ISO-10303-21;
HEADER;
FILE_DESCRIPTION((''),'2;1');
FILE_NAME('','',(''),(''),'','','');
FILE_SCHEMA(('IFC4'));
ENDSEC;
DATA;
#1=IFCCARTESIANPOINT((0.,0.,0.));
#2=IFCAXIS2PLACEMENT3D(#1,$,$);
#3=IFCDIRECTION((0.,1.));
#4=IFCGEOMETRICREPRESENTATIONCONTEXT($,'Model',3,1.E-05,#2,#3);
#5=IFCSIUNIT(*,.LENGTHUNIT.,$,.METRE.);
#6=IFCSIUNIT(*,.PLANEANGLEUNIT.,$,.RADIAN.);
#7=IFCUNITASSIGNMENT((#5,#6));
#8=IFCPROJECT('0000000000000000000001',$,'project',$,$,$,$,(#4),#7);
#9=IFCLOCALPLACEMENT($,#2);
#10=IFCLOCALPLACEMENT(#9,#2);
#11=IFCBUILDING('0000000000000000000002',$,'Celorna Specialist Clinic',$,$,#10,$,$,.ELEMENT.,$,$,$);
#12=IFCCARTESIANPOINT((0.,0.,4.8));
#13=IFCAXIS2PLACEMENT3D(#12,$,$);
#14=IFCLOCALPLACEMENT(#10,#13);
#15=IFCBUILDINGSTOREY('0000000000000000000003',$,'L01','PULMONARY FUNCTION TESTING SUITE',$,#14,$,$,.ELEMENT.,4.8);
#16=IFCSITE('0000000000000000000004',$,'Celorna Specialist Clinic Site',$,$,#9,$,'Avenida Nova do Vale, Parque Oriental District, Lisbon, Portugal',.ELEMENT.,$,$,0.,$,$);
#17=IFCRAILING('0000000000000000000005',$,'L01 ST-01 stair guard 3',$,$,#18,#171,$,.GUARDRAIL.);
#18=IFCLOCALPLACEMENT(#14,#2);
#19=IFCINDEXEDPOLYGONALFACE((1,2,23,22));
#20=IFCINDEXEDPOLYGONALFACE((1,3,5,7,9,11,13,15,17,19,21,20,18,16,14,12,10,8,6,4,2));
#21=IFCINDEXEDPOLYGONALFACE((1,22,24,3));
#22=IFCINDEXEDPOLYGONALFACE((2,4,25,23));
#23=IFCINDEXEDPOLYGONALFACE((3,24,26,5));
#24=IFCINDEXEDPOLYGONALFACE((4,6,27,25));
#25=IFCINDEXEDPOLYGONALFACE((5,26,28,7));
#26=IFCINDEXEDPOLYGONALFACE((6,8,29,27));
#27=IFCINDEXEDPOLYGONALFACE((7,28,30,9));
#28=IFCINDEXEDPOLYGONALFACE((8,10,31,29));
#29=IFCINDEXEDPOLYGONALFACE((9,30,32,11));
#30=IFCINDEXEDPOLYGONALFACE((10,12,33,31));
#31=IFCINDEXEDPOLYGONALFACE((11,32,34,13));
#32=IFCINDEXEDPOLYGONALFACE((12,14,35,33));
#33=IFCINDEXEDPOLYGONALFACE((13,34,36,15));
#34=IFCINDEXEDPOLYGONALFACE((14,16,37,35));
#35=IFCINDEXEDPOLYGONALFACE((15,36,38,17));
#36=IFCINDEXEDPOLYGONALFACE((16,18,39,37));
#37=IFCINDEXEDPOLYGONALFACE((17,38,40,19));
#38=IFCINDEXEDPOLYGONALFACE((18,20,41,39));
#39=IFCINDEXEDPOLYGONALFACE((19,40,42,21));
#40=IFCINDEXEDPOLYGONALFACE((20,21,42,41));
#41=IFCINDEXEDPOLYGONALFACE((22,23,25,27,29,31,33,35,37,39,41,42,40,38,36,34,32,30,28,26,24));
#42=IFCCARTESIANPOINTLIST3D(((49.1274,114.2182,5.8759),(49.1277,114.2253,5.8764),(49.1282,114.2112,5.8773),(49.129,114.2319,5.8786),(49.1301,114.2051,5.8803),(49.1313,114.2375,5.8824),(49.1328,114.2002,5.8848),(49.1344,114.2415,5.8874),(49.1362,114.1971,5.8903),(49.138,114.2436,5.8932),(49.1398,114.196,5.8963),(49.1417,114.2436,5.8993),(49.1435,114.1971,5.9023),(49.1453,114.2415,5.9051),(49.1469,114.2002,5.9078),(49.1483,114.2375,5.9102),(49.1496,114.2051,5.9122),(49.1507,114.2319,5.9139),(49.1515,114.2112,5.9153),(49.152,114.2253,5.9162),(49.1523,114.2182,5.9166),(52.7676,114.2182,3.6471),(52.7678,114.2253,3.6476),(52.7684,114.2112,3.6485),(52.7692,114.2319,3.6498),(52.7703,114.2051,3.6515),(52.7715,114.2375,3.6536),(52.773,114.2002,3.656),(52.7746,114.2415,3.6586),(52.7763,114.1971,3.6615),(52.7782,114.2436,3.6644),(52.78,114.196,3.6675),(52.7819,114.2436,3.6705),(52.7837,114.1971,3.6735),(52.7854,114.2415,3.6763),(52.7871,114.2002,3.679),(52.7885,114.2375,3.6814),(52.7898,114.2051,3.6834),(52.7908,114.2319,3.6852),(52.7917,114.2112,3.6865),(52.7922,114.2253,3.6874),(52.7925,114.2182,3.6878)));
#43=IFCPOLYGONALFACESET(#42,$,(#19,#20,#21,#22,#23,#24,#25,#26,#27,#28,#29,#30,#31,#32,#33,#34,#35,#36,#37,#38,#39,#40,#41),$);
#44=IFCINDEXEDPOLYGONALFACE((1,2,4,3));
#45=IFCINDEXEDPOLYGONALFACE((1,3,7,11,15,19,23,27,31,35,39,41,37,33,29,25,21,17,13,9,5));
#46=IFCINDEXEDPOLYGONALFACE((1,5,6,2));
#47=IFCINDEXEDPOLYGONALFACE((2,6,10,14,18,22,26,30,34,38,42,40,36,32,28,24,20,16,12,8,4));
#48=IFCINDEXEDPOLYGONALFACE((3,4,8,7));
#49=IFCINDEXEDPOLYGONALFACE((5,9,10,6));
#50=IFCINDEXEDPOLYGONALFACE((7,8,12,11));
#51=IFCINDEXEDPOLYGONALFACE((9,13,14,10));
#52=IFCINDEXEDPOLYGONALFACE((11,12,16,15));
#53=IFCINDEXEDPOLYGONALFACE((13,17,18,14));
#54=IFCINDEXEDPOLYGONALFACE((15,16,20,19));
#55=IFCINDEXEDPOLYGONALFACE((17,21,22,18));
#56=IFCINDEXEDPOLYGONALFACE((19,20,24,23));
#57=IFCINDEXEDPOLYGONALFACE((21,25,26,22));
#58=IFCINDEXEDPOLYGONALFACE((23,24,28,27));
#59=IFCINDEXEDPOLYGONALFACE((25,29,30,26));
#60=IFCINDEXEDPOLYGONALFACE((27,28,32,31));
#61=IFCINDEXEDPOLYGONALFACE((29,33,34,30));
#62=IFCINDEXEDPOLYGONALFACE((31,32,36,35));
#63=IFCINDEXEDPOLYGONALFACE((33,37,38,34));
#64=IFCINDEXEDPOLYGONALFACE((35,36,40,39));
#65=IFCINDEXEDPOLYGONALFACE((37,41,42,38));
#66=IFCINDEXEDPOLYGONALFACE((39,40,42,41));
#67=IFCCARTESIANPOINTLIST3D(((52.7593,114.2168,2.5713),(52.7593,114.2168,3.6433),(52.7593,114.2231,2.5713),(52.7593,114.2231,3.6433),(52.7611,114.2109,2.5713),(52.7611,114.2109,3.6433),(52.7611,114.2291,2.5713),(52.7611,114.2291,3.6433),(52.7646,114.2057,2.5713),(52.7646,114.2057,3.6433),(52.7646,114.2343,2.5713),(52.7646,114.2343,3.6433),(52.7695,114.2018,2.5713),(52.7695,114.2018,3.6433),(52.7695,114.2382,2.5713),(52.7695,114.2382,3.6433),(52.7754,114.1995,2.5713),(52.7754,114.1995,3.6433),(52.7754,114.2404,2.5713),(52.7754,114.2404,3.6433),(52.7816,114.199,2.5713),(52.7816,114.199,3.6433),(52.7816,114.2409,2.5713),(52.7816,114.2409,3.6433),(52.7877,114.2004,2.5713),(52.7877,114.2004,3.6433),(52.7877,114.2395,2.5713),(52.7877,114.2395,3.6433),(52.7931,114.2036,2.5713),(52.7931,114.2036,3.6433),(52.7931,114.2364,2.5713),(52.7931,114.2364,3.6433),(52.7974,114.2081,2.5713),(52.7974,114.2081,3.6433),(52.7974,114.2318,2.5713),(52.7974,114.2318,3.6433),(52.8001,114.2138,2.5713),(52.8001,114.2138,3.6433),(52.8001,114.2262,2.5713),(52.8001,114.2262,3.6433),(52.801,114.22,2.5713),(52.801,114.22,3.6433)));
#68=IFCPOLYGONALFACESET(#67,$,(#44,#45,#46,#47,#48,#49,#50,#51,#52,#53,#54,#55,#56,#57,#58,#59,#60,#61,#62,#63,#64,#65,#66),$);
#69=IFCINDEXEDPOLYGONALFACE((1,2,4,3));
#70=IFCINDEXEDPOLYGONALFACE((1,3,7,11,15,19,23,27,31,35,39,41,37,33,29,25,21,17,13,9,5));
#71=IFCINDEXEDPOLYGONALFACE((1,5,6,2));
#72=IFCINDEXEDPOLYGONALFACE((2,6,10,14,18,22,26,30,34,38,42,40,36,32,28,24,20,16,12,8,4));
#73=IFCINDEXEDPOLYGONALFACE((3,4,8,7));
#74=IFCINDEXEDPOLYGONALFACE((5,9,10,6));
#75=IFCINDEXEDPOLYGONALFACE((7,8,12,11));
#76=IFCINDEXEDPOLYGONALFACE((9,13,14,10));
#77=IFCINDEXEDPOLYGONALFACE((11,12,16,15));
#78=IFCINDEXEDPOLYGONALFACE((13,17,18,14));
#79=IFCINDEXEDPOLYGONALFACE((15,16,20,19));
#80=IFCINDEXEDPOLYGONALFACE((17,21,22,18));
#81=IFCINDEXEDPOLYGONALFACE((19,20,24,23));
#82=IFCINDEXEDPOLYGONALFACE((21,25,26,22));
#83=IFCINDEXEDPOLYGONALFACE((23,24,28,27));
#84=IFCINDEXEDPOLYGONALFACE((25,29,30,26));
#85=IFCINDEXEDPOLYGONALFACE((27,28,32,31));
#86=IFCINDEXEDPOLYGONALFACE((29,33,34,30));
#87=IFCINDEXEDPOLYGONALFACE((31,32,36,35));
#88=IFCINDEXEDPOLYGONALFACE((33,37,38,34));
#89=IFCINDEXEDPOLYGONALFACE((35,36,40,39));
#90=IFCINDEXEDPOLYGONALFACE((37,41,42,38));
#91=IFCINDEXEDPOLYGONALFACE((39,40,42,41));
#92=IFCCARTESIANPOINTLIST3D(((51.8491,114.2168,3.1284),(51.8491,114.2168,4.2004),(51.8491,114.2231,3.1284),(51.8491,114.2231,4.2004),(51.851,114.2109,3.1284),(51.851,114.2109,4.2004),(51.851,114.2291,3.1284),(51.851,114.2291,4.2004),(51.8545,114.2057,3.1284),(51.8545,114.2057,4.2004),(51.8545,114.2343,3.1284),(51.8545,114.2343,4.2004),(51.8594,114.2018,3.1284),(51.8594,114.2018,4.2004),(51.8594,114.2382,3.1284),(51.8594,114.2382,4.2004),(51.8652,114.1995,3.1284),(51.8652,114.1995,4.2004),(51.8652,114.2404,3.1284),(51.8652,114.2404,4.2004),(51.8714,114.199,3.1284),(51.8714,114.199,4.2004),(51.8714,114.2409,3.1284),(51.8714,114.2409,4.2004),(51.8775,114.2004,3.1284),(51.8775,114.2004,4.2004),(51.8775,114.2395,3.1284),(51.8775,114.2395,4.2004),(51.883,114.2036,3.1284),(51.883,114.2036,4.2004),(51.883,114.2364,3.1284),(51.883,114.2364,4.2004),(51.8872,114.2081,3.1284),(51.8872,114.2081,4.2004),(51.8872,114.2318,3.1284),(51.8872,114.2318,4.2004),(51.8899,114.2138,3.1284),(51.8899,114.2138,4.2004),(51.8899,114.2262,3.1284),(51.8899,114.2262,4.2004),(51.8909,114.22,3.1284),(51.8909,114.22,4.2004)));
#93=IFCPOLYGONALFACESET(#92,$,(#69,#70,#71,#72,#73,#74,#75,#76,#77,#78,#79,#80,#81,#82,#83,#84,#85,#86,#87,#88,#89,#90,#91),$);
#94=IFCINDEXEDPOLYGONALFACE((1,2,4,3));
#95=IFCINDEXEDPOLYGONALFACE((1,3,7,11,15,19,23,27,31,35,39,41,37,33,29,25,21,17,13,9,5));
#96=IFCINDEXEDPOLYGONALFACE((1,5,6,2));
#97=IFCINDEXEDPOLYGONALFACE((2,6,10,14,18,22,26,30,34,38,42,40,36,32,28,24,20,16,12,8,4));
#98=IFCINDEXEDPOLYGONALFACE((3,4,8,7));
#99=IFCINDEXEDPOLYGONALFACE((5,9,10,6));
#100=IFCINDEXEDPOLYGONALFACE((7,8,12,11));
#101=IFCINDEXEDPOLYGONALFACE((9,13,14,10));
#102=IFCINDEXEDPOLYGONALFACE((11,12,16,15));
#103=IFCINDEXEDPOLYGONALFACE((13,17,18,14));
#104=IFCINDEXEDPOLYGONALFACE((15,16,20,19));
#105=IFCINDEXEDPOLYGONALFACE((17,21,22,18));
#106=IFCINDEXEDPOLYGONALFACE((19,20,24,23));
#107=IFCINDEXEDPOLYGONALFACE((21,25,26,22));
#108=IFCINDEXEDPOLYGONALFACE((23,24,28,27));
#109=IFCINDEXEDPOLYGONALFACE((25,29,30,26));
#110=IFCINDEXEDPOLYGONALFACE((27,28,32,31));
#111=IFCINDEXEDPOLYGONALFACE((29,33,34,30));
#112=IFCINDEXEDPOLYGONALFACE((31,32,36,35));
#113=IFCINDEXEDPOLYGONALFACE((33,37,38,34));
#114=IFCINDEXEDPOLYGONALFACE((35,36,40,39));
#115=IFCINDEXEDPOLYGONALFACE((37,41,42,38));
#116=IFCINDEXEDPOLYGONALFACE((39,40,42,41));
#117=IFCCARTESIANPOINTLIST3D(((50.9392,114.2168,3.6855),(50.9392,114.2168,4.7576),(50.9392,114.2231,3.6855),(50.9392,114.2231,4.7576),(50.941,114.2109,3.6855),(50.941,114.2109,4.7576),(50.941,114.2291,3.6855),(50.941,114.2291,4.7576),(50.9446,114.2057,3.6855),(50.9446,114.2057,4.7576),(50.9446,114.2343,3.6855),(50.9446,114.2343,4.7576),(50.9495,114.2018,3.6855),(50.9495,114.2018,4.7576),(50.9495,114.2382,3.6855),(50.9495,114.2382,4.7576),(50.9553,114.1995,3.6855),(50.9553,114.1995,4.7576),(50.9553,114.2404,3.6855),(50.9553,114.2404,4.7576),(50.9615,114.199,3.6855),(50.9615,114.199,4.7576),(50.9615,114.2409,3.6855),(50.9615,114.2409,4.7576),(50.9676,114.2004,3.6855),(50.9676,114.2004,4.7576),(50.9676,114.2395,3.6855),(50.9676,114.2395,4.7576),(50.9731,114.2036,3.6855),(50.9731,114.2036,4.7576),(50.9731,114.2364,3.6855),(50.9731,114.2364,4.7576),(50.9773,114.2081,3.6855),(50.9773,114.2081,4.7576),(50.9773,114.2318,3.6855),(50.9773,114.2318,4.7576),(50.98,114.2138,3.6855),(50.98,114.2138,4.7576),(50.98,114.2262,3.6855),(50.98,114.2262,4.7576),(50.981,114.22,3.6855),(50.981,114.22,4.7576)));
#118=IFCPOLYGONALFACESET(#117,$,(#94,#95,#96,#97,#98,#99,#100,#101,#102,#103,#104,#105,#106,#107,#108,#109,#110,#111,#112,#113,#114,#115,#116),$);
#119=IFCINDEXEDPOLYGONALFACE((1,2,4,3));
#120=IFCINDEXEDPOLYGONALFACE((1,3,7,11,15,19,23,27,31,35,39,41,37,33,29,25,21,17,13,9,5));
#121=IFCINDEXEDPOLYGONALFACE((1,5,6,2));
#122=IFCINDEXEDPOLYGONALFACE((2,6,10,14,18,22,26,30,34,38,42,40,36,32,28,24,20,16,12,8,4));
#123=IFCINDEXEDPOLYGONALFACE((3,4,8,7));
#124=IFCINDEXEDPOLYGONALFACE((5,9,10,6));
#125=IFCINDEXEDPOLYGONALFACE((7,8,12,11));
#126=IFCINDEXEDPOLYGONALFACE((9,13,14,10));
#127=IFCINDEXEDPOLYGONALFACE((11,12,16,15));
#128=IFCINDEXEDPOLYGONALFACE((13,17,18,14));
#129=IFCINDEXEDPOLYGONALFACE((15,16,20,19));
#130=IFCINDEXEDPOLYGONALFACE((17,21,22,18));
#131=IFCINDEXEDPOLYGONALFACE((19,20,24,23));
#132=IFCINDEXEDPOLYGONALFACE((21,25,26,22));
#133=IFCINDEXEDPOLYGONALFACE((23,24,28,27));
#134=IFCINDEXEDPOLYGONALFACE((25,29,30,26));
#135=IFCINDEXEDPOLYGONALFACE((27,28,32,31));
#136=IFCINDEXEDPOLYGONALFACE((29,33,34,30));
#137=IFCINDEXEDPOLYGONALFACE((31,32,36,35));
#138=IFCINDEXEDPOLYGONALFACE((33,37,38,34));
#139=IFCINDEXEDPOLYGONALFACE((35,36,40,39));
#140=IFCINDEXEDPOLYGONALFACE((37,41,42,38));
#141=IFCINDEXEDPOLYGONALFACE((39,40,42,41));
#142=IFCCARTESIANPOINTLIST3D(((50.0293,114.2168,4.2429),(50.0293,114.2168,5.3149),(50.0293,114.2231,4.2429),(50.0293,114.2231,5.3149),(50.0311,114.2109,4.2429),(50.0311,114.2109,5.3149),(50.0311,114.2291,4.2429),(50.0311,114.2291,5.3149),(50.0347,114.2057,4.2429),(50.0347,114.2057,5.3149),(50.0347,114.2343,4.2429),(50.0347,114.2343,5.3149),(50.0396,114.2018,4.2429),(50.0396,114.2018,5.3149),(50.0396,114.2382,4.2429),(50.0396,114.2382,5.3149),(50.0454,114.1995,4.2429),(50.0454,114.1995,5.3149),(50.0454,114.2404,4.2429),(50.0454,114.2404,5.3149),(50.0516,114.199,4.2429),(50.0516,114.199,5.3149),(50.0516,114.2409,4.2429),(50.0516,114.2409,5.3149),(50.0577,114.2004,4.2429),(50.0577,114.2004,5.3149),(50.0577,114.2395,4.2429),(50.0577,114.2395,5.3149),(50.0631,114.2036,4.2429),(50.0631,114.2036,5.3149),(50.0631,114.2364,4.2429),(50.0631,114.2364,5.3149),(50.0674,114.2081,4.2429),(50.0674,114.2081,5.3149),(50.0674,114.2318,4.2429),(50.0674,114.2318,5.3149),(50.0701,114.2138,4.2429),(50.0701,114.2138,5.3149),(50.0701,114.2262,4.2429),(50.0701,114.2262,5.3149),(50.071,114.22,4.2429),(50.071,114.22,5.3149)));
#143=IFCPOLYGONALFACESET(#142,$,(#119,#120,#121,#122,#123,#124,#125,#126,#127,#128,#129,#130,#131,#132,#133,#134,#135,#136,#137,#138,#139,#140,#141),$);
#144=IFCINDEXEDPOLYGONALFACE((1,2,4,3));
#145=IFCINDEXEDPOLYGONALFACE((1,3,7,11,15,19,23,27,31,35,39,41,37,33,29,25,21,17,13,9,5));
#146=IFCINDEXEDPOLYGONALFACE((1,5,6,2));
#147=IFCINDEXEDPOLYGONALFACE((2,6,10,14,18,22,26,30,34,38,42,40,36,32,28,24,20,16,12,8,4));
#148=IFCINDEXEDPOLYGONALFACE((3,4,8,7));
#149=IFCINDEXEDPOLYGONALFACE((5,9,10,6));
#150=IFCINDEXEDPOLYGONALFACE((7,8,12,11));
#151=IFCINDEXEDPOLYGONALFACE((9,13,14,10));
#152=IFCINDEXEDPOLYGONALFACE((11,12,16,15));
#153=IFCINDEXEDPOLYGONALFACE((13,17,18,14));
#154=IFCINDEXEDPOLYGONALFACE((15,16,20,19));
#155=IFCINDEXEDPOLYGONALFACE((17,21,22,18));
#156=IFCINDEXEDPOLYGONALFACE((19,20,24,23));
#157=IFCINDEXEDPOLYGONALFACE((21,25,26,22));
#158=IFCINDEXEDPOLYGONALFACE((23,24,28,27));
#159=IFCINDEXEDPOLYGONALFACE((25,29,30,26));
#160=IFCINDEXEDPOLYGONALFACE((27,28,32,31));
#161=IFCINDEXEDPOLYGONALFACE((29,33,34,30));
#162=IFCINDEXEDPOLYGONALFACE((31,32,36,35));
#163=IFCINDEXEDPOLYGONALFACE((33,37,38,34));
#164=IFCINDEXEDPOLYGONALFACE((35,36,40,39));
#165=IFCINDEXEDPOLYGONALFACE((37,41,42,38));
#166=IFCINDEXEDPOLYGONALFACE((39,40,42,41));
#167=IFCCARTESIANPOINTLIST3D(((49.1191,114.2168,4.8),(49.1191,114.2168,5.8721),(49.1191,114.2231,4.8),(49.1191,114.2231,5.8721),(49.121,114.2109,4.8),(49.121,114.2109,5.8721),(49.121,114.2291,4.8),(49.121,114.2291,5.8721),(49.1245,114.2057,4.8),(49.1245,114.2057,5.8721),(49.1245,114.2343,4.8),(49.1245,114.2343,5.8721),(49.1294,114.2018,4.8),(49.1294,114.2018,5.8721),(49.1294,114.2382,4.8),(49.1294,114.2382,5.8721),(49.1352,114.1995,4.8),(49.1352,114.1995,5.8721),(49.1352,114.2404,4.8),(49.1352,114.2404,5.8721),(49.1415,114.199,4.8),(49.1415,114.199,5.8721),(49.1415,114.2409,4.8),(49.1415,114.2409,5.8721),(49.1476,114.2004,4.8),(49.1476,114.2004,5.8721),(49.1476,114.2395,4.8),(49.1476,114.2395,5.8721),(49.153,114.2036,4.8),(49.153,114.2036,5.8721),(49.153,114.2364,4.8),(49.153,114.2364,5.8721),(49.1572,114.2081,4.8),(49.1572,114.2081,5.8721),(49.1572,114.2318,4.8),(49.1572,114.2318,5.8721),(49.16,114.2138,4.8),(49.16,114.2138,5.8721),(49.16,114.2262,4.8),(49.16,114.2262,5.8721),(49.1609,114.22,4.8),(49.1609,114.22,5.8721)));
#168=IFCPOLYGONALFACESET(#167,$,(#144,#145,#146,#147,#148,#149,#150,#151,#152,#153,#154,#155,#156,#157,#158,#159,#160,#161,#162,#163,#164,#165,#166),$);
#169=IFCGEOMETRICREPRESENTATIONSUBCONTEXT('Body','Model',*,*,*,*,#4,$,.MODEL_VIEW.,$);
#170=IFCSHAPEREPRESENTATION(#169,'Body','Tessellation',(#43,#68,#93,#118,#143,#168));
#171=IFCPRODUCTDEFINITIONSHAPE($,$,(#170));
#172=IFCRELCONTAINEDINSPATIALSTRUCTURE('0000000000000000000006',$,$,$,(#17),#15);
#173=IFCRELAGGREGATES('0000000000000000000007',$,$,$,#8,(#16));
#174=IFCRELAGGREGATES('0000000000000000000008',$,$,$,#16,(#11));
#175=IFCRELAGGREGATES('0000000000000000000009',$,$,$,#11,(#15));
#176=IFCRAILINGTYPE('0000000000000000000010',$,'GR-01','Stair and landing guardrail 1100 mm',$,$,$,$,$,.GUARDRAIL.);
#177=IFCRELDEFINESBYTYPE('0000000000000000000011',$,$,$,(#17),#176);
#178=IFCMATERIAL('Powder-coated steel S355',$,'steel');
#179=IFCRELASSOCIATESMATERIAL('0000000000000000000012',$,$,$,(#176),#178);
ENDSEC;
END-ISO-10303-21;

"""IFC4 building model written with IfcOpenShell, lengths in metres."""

from ifc_helpers import new_model, si_unit, direction, frame, origin, origin_2d, place, context, subcontext, project, spatial, circle, extrude, material, type_object, element, save


model = new_model("IFC4")

# Units and contexts
model_context = context("Model", 3, precision=1e-05, world=origin(), true_north=direction((0.0, 1.0)))
body_context = subcontext(model_context, "Body", "Model", "MODEL_VIEW")
ifc_project = project(units=[si_unit("LENGTHUNIT", "METRE"), si_unit("PLANEANGLEUNIT", "RADIAN")], contexts=[model_context])

# Site, building, storey
site_placement = place(None, origin())
site = spatial("IfcSite", under=ifc_project, at=site_placement, Name="Celorna Specialist Clinic Site", LongName="Avenida Nova do Vale, Parque Oriental District, Lisbon, Portugal", CompositionType="ELEMENT", RefElevation=0.0)
building_placement = place(site_placement, origin())
building = spatial("IfcBuilding", under=site, at=building_placement, Name="Celorna Specialist Clinic", CompositionType="ELEMENT")
storey_placement = place(building_placement, frame((0.0, 0.0, 4.8)))
storey = spatial("IfcBuildingStorey", under=building, at=storey_placement, Name="L01", Description="PULMONARY FUNCTION TESTING SUITE", CompositionType="ELEMENT", Elevation=4.8)

# Railing
ifc_material_1 = material(Name="Powder-coated steel S355", Category="steel")
railing_type_1 = type_object("IfcRailingType", Name="GR-01", Description="Stair and landing guardrail 1100 mm", PredefinedType="GUARDRAIL", material=ifc_material_1)
railing_1_placement = place(storey_placement, frame((52.78, 114.22, 2.5713)))
element("IfcRailing", 1, at=railing_1_placement, inside=storey, type_object=railing_type_1, Name="L01 ST-01 stair guard 3", PredefinedType="GUARDRAIL", context=body_context, shape_type="SweptSolid", body=[
    extrude(circle(Radius=0.0239, at=origin_2d()), frame((0.0, 0.0, 1.0962), z_axis=(-0.85284, 0.0, 0.522172), x_axis=(0.0, -1.0, 0.0)), (0.0, 0.0, 1.0), 4.2683),
    extrude(circle(Radius=0.021, at=origin_2d()), origin(), (0.0, 0.0, 1.0), 1.072),
    extrude(circle(Radius=0.021, at=origin_2d()), frame((-0.9102, 0.0, 0.5571)), (0.0, 0.0, 1.0), 1.072),
    extrude(circle(Radius=0.021, at=origin_2d()), frame((-1.8201, 0.0, 1.1143)), (0.0, 0.0, 1.0), 1.072),
    extrude(circle(Radius=0.021, at=origin_2d()), frame((-2.73, 0.0, 1.6716)), (0.0, 0.0, 1.0), 1.072),
    extrude(circle(Radius=0.021, at=origin_2d()), frame((-3.6401, 0.0, 2.2288)), (0.0, 0.0, 1.0), 1.072),
])

save(model, "model.ifc")
